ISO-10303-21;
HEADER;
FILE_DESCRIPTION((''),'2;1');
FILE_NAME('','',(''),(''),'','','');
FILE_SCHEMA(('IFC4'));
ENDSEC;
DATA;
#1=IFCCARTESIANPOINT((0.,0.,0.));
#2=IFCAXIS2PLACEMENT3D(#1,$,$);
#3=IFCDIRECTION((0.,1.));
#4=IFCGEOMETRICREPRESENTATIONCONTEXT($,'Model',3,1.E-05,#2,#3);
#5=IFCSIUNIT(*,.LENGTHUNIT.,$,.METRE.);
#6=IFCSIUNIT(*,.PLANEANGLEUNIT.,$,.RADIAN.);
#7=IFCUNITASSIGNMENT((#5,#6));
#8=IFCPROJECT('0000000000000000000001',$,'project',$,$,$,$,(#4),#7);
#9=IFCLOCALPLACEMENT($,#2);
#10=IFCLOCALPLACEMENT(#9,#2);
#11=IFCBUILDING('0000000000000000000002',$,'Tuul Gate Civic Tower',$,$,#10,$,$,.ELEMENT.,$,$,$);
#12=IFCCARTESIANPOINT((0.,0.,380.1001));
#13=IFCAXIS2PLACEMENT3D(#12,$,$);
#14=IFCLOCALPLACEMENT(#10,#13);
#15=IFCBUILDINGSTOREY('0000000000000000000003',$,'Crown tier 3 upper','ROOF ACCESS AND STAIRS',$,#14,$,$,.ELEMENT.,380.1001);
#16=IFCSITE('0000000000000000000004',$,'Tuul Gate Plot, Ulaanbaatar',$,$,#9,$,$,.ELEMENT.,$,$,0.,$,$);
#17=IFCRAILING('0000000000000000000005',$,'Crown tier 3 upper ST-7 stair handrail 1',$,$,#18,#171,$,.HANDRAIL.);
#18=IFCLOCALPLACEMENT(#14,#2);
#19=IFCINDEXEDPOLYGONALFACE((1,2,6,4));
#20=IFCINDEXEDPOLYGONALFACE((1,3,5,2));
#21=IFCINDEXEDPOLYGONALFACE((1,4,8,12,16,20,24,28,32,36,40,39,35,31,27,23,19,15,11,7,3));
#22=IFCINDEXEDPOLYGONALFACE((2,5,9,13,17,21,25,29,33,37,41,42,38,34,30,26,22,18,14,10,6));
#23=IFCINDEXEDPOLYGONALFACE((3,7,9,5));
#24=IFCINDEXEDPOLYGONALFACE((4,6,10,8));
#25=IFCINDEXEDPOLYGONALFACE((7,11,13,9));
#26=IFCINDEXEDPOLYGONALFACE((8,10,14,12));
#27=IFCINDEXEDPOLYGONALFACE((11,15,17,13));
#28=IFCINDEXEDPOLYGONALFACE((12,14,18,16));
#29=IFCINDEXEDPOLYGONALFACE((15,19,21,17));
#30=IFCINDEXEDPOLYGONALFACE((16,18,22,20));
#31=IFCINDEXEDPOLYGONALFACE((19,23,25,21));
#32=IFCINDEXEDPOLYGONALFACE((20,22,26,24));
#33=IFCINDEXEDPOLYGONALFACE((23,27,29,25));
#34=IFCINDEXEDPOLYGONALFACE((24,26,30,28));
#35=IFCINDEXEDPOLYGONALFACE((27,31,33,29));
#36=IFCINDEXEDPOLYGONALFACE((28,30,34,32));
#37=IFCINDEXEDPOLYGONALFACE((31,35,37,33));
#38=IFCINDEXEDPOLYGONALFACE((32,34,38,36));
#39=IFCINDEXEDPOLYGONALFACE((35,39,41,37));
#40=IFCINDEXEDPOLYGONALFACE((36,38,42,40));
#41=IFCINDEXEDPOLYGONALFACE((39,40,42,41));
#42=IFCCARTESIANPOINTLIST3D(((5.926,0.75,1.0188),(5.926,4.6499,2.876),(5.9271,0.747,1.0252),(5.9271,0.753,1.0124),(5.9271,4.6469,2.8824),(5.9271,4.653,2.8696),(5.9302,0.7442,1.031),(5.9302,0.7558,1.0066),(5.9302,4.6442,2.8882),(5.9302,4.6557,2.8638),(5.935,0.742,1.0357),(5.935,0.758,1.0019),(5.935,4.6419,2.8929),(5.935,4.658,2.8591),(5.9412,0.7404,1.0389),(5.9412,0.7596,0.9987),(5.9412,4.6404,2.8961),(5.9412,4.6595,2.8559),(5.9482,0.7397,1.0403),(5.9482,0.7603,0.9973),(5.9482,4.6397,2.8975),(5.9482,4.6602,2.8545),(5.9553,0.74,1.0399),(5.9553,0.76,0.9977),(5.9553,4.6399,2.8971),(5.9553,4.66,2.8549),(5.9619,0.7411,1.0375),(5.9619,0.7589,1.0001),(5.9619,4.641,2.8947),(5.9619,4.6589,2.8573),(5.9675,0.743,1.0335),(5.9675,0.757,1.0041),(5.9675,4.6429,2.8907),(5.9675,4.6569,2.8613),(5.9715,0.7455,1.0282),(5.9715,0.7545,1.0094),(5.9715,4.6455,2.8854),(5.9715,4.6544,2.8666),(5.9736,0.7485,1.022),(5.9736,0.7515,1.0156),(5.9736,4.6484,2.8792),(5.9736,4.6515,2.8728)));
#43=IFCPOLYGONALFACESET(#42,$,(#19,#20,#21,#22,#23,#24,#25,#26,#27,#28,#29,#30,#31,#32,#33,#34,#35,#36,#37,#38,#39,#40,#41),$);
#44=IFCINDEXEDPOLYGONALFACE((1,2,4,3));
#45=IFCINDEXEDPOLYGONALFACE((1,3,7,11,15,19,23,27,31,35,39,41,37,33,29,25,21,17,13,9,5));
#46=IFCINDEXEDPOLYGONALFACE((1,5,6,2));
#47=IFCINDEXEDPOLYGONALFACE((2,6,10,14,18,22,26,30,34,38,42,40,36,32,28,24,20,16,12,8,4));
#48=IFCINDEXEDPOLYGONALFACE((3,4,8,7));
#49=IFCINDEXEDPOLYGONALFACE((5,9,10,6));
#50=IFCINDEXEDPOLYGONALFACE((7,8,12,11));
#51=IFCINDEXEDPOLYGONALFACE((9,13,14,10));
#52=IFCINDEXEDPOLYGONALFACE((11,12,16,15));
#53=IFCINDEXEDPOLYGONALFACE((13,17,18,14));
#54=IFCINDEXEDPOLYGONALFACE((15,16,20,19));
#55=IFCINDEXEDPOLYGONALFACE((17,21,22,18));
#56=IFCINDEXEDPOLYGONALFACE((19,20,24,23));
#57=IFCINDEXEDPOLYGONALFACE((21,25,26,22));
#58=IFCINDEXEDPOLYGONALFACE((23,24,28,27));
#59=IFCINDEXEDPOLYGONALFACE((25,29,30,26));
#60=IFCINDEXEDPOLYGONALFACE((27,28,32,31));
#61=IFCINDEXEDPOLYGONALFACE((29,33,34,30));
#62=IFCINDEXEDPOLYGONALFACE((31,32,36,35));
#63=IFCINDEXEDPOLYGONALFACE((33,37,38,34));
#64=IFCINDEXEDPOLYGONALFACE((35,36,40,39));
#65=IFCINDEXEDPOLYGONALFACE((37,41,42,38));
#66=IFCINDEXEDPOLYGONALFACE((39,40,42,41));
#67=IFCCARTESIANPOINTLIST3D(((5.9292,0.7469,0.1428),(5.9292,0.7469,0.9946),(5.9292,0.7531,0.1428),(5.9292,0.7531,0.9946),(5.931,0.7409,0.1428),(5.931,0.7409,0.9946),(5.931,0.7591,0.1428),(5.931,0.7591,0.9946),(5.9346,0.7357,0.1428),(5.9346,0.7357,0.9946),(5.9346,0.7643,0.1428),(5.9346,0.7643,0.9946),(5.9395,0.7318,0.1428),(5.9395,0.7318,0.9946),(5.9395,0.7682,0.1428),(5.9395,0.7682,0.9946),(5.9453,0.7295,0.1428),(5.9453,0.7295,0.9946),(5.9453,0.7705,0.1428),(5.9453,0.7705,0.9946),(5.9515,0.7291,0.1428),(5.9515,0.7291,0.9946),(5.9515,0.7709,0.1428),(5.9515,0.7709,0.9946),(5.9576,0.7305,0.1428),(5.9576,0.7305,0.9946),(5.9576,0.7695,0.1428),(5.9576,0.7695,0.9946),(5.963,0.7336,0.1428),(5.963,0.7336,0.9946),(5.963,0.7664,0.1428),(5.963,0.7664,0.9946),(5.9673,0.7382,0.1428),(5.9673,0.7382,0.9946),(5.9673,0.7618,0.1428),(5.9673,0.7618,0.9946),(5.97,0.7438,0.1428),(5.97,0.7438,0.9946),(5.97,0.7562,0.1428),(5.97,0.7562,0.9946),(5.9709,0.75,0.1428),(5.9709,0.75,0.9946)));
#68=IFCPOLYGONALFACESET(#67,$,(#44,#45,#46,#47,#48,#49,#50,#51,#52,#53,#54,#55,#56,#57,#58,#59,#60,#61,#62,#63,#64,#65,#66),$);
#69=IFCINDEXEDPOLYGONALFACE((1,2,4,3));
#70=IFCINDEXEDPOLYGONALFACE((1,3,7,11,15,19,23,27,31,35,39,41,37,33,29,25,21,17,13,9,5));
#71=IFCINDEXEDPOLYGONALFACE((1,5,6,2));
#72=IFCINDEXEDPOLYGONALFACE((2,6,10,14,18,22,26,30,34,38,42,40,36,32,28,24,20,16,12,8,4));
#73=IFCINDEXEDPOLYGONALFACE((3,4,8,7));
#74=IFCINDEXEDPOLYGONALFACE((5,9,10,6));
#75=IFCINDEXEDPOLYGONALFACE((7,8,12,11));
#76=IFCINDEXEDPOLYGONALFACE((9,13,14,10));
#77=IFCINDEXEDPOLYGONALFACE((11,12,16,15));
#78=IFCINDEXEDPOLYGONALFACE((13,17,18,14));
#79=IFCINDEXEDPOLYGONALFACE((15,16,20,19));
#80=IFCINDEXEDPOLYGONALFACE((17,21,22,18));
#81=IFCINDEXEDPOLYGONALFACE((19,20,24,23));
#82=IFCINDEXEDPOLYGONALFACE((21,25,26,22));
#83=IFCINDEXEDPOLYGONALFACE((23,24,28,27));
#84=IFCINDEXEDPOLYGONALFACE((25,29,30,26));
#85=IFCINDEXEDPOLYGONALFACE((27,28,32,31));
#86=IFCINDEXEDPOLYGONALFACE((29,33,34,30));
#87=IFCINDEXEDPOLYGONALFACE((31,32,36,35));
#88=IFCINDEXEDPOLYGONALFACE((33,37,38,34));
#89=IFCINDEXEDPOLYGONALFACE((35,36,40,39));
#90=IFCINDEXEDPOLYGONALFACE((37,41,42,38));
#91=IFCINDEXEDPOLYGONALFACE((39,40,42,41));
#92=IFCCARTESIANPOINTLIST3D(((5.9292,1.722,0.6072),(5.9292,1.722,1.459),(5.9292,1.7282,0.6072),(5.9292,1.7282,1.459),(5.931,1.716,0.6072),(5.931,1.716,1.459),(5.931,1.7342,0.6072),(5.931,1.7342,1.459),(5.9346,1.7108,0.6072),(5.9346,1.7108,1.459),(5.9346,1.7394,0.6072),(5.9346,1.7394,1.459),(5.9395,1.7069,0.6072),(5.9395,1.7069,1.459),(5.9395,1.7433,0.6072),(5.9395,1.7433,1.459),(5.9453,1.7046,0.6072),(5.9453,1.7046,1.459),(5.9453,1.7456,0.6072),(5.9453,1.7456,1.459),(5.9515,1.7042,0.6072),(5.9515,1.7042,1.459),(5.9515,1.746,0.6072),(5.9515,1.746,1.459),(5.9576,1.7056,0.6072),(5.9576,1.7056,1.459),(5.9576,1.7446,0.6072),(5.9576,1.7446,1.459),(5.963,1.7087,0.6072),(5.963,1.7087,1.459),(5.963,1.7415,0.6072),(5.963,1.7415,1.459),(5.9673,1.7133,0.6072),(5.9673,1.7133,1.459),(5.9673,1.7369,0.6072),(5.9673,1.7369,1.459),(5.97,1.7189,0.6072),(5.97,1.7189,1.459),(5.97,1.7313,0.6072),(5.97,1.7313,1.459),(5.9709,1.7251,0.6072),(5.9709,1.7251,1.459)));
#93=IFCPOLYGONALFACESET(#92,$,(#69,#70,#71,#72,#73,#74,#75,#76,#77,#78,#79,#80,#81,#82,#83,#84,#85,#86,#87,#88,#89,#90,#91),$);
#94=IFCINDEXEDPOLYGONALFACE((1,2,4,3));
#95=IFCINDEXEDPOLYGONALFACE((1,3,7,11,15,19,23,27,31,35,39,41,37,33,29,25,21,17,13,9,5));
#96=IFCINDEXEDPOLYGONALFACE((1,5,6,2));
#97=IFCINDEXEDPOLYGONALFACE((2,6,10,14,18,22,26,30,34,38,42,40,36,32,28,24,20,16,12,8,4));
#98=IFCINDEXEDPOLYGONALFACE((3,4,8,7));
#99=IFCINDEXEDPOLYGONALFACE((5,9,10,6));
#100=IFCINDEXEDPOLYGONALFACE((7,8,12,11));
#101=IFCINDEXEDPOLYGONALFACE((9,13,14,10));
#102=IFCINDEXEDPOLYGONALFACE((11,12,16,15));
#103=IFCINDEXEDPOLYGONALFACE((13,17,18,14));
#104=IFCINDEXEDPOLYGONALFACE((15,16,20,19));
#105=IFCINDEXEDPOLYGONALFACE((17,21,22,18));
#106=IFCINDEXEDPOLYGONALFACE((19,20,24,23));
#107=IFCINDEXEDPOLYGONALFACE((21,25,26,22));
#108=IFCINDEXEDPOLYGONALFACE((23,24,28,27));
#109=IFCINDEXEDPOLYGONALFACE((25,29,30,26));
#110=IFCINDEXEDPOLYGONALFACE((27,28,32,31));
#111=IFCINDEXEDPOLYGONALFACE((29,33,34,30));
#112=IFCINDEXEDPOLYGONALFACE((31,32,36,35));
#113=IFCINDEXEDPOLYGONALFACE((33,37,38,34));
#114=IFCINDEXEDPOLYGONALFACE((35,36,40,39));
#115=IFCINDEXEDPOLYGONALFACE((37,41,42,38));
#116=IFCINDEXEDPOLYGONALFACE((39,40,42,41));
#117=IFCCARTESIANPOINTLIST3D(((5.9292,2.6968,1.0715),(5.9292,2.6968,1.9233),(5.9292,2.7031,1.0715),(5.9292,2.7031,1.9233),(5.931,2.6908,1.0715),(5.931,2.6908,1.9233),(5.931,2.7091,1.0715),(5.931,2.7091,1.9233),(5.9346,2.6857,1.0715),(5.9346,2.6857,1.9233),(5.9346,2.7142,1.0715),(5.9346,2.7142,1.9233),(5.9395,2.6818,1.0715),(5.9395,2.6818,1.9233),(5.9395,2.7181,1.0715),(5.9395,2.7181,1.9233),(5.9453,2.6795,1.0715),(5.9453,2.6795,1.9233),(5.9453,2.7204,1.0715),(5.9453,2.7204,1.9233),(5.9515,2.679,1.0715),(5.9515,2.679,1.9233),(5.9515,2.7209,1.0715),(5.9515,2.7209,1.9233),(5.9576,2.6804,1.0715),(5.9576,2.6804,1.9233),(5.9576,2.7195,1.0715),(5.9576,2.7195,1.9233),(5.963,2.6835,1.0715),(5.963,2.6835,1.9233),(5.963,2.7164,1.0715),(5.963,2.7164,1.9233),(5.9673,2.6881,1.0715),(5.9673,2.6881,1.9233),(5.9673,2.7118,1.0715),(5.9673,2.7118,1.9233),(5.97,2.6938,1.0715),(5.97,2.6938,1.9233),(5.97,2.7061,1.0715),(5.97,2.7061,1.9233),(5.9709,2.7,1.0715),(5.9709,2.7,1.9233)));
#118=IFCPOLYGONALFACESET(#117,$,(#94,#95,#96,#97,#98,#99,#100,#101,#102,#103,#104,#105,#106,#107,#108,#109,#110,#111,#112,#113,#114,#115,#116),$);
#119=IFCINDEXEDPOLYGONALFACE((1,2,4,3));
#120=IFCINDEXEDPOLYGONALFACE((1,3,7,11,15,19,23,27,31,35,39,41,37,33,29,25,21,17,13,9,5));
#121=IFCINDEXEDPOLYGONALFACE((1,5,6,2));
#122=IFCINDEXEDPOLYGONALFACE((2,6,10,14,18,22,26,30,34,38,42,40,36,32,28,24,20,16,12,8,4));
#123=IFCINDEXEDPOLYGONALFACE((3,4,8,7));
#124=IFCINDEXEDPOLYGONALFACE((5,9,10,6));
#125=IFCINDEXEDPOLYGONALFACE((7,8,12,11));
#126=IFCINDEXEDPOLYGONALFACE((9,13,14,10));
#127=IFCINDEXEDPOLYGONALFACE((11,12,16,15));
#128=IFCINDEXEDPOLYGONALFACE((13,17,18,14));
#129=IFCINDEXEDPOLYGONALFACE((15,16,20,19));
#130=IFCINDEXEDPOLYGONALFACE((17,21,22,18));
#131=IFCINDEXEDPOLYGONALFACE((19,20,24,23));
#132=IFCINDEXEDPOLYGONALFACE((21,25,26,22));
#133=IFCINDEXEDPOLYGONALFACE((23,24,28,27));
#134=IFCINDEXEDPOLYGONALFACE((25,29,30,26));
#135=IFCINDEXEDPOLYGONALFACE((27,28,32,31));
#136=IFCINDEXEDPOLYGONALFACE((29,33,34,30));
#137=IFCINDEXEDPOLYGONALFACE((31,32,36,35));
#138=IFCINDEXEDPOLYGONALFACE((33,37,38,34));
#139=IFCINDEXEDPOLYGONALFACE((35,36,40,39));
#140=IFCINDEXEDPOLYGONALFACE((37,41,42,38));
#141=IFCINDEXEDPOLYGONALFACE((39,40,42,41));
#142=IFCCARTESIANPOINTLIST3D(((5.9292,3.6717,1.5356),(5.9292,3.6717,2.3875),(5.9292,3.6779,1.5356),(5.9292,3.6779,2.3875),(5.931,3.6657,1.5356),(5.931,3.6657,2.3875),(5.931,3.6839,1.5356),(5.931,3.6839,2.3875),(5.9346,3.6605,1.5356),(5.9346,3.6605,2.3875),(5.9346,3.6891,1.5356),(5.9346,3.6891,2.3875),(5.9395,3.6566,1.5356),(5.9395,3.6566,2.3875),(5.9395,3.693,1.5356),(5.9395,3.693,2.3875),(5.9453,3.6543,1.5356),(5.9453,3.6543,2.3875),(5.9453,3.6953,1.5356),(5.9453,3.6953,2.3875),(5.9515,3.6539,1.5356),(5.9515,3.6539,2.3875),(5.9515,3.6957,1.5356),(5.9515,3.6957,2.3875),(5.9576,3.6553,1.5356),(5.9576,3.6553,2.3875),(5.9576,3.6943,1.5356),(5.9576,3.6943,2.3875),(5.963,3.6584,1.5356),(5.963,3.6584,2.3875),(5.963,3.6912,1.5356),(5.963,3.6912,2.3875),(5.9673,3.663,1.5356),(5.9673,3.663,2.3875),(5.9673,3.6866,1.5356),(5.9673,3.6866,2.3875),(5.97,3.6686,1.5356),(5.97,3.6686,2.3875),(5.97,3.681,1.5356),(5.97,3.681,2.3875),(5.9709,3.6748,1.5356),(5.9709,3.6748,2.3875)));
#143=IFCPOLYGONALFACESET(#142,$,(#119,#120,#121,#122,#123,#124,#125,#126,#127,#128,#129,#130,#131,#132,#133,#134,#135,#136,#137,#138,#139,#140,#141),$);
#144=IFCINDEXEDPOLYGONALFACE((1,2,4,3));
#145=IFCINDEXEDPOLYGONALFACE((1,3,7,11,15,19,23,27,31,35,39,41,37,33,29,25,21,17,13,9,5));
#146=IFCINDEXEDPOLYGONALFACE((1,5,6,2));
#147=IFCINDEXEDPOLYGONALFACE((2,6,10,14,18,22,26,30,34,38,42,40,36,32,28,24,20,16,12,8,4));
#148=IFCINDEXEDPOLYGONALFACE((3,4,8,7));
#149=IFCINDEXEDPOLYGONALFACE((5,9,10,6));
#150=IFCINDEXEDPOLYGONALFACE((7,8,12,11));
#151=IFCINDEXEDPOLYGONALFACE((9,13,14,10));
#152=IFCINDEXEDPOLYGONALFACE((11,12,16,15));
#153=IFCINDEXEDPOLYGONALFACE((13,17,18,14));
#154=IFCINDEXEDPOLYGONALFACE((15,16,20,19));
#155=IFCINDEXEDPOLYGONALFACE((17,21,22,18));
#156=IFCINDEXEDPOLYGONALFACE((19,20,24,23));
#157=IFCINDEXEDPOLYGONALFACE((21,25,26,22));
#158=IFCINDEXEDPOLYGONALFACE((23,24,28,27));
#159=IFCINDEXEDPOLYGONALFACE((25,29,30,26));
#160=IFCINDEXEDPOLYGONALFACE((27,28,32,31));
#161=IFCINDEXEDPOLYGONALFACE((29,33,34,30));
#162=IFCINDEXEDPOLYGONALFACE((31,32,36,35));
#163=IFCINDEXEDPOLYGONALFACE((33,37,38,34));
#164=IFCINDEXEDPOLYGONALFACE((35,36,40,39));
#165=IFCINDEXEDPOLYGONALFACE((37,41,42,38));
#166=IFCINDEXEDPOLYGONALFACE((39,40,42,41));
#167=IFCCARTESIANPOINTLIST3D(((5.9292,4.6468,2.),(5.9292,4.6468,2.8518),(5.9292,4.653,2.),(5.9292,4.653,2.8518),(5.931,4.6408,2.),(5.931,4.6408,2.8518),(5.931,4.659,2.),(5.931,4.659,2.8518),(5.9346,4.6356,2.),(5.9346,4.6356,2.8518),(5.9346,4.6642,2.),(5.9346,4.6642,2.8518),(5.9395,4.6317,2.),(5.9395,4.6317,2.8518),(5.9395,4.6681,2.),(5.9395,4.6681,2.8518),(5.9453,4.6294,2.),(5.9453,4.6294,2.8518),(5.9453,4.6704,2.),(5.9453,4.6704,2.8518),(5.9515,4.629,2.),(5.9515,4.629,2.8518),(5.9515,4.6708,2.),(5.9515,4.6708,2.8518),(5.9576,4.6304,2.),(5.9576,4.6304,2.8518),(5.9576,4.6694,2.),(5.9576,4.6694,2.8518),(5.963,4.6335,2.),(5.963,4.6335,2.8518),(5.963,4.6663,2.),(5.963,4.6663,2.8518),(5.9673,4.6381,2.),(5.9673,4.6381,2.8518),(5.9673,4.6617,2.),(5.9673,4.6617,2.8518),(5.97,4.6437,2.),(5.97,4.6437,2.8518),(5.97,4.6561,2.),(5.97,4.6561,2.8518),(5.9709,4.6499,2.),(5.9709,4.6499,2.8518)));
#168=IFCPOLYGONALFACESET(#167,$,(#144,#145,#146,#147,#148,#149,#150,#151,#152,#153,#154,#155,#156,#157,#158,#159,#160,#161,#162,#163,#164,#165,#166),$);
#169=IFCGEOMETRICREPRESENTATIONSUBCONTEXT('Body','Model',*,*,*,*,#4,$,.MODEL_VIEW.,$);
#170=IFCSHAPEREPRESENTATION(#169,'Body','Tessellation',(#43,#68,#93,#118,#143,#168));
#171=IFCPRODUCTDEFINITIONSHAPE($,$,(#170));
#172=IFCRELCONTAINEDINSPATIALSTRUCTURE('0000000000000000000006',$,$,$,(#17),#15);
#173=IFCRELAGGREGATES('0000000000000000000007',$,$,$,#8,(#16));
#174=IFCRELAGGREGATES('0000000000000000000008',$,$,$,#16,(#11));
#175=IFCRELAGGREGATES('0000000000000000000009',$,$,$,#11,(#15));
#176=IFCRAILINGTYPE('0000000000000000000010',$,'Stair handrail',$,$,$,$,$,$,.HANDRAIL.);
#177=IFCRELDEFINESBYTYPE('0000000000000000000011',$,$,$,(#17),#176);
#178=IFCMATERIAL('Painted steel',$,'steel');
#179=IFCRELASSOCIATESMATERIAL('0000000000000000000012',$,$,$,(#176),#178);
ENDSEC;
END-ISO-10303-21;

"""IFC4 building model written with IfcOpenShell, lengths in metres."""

from ifc_helpers import new_model, si_unit, direction, frame, origin, origin_2d, place, context, subcontext, project, spatial, circle, extrude, material, type_object, element, save


model = new_model("IFC4")

# Units and contexts
model_context = context("Model", 3, precision=1e-05, world=origin(), true_north=direction((0.0, 1.0)))
body_context = subcontext(model_context, "Body", "Model", "MODEL_VIEW")
ifc_project = project(units=[si_unit("LENGTHUNIT", "METRE"), si_unit("PLANEANGLEUNIT", "RADIAN")], contexts=[model_context])

# Site, building, storey
site_placement = place(None, origin())
site = spatial("IfcSite", under=ifc_project, at=site_placement, Name="Tuul Gate Plot, Ulaanbaatar", CompositionType="ELEMENT", RefElevation=0.0)
building_placement = place(site_placement, origin())
building = spatial("IfcBuilding", under=site, at=building_placement, Name="Tuul Gate Civic Tower", CompositionType="ELEMENT")
storey_placement = place(building_placement, frame((0.0, 0.0, 380.1001)))
storey = spatial("IfcBuildingStorey", under=building, at=storey_placement, Name="Crown tier 3 upper", Description="ROOF ACCESS AND STAIRS", CompositionType="ELEMENT", Elevation=380.1001)

# Railing
ifc_material_1 = material(Name="Painted steel", Category="steel")
railing_type_1 = type_object("IfcRailingType", Name="Stair handrail", PredefinedType="HANDRAIL", material=ifc_material_1)
railing_1_placement = place(storey_placement, frame((5.95, 0.75, 0.1428)))
element("IfcRailing", 1, at=railing_1_placement, inside=storey, type_object=railing_type_1, Name="Crown tier 3 upper ST-7 stair handrail 1", PredefinedType="HANDRAIL", context=body_context, shape_type="SweptSolid", body=[
    extrude(circle(Radius=0.0239, at=origin_2d()), frame((0.0, 0.0, 0.876), z_axis=(0.0, 0.902853, 0.429949), x_axis=(-1.0, 0.0, 0.0)), (0.0, 0.0, 1.0), 4.3196),
    extrude(circle(Radius=0.021, at=origin_2d()), origin(), (0.0, 0.0, 1.0), 0.8518),
    extrude(circle(Radius=0.021, at=origin_2d()), frame((0.0, 0.9751, 0.4644)), (0.0, 0.0, 1.0), 0.8518),
    extrude(circle(Radius=0.021, at=origin_2d()), frame((0.0, 1.95, 0.9287)), (0.0, 0.0, 1.0), 0.8518),
    extrude(circle(Radius=0.021, at=origin_2d()), frame((0.0, 2.9248, 1.3928)), (0.0, 0.0, 1.0), 0.8518),
    extrude(circle(Radius=0.021, at=origin_2d()), frame((0.0, 3.8999, 1.8572)), (0.0, 0.0, 1.0), 0.8518),
])

save(model, "model.ifc")
